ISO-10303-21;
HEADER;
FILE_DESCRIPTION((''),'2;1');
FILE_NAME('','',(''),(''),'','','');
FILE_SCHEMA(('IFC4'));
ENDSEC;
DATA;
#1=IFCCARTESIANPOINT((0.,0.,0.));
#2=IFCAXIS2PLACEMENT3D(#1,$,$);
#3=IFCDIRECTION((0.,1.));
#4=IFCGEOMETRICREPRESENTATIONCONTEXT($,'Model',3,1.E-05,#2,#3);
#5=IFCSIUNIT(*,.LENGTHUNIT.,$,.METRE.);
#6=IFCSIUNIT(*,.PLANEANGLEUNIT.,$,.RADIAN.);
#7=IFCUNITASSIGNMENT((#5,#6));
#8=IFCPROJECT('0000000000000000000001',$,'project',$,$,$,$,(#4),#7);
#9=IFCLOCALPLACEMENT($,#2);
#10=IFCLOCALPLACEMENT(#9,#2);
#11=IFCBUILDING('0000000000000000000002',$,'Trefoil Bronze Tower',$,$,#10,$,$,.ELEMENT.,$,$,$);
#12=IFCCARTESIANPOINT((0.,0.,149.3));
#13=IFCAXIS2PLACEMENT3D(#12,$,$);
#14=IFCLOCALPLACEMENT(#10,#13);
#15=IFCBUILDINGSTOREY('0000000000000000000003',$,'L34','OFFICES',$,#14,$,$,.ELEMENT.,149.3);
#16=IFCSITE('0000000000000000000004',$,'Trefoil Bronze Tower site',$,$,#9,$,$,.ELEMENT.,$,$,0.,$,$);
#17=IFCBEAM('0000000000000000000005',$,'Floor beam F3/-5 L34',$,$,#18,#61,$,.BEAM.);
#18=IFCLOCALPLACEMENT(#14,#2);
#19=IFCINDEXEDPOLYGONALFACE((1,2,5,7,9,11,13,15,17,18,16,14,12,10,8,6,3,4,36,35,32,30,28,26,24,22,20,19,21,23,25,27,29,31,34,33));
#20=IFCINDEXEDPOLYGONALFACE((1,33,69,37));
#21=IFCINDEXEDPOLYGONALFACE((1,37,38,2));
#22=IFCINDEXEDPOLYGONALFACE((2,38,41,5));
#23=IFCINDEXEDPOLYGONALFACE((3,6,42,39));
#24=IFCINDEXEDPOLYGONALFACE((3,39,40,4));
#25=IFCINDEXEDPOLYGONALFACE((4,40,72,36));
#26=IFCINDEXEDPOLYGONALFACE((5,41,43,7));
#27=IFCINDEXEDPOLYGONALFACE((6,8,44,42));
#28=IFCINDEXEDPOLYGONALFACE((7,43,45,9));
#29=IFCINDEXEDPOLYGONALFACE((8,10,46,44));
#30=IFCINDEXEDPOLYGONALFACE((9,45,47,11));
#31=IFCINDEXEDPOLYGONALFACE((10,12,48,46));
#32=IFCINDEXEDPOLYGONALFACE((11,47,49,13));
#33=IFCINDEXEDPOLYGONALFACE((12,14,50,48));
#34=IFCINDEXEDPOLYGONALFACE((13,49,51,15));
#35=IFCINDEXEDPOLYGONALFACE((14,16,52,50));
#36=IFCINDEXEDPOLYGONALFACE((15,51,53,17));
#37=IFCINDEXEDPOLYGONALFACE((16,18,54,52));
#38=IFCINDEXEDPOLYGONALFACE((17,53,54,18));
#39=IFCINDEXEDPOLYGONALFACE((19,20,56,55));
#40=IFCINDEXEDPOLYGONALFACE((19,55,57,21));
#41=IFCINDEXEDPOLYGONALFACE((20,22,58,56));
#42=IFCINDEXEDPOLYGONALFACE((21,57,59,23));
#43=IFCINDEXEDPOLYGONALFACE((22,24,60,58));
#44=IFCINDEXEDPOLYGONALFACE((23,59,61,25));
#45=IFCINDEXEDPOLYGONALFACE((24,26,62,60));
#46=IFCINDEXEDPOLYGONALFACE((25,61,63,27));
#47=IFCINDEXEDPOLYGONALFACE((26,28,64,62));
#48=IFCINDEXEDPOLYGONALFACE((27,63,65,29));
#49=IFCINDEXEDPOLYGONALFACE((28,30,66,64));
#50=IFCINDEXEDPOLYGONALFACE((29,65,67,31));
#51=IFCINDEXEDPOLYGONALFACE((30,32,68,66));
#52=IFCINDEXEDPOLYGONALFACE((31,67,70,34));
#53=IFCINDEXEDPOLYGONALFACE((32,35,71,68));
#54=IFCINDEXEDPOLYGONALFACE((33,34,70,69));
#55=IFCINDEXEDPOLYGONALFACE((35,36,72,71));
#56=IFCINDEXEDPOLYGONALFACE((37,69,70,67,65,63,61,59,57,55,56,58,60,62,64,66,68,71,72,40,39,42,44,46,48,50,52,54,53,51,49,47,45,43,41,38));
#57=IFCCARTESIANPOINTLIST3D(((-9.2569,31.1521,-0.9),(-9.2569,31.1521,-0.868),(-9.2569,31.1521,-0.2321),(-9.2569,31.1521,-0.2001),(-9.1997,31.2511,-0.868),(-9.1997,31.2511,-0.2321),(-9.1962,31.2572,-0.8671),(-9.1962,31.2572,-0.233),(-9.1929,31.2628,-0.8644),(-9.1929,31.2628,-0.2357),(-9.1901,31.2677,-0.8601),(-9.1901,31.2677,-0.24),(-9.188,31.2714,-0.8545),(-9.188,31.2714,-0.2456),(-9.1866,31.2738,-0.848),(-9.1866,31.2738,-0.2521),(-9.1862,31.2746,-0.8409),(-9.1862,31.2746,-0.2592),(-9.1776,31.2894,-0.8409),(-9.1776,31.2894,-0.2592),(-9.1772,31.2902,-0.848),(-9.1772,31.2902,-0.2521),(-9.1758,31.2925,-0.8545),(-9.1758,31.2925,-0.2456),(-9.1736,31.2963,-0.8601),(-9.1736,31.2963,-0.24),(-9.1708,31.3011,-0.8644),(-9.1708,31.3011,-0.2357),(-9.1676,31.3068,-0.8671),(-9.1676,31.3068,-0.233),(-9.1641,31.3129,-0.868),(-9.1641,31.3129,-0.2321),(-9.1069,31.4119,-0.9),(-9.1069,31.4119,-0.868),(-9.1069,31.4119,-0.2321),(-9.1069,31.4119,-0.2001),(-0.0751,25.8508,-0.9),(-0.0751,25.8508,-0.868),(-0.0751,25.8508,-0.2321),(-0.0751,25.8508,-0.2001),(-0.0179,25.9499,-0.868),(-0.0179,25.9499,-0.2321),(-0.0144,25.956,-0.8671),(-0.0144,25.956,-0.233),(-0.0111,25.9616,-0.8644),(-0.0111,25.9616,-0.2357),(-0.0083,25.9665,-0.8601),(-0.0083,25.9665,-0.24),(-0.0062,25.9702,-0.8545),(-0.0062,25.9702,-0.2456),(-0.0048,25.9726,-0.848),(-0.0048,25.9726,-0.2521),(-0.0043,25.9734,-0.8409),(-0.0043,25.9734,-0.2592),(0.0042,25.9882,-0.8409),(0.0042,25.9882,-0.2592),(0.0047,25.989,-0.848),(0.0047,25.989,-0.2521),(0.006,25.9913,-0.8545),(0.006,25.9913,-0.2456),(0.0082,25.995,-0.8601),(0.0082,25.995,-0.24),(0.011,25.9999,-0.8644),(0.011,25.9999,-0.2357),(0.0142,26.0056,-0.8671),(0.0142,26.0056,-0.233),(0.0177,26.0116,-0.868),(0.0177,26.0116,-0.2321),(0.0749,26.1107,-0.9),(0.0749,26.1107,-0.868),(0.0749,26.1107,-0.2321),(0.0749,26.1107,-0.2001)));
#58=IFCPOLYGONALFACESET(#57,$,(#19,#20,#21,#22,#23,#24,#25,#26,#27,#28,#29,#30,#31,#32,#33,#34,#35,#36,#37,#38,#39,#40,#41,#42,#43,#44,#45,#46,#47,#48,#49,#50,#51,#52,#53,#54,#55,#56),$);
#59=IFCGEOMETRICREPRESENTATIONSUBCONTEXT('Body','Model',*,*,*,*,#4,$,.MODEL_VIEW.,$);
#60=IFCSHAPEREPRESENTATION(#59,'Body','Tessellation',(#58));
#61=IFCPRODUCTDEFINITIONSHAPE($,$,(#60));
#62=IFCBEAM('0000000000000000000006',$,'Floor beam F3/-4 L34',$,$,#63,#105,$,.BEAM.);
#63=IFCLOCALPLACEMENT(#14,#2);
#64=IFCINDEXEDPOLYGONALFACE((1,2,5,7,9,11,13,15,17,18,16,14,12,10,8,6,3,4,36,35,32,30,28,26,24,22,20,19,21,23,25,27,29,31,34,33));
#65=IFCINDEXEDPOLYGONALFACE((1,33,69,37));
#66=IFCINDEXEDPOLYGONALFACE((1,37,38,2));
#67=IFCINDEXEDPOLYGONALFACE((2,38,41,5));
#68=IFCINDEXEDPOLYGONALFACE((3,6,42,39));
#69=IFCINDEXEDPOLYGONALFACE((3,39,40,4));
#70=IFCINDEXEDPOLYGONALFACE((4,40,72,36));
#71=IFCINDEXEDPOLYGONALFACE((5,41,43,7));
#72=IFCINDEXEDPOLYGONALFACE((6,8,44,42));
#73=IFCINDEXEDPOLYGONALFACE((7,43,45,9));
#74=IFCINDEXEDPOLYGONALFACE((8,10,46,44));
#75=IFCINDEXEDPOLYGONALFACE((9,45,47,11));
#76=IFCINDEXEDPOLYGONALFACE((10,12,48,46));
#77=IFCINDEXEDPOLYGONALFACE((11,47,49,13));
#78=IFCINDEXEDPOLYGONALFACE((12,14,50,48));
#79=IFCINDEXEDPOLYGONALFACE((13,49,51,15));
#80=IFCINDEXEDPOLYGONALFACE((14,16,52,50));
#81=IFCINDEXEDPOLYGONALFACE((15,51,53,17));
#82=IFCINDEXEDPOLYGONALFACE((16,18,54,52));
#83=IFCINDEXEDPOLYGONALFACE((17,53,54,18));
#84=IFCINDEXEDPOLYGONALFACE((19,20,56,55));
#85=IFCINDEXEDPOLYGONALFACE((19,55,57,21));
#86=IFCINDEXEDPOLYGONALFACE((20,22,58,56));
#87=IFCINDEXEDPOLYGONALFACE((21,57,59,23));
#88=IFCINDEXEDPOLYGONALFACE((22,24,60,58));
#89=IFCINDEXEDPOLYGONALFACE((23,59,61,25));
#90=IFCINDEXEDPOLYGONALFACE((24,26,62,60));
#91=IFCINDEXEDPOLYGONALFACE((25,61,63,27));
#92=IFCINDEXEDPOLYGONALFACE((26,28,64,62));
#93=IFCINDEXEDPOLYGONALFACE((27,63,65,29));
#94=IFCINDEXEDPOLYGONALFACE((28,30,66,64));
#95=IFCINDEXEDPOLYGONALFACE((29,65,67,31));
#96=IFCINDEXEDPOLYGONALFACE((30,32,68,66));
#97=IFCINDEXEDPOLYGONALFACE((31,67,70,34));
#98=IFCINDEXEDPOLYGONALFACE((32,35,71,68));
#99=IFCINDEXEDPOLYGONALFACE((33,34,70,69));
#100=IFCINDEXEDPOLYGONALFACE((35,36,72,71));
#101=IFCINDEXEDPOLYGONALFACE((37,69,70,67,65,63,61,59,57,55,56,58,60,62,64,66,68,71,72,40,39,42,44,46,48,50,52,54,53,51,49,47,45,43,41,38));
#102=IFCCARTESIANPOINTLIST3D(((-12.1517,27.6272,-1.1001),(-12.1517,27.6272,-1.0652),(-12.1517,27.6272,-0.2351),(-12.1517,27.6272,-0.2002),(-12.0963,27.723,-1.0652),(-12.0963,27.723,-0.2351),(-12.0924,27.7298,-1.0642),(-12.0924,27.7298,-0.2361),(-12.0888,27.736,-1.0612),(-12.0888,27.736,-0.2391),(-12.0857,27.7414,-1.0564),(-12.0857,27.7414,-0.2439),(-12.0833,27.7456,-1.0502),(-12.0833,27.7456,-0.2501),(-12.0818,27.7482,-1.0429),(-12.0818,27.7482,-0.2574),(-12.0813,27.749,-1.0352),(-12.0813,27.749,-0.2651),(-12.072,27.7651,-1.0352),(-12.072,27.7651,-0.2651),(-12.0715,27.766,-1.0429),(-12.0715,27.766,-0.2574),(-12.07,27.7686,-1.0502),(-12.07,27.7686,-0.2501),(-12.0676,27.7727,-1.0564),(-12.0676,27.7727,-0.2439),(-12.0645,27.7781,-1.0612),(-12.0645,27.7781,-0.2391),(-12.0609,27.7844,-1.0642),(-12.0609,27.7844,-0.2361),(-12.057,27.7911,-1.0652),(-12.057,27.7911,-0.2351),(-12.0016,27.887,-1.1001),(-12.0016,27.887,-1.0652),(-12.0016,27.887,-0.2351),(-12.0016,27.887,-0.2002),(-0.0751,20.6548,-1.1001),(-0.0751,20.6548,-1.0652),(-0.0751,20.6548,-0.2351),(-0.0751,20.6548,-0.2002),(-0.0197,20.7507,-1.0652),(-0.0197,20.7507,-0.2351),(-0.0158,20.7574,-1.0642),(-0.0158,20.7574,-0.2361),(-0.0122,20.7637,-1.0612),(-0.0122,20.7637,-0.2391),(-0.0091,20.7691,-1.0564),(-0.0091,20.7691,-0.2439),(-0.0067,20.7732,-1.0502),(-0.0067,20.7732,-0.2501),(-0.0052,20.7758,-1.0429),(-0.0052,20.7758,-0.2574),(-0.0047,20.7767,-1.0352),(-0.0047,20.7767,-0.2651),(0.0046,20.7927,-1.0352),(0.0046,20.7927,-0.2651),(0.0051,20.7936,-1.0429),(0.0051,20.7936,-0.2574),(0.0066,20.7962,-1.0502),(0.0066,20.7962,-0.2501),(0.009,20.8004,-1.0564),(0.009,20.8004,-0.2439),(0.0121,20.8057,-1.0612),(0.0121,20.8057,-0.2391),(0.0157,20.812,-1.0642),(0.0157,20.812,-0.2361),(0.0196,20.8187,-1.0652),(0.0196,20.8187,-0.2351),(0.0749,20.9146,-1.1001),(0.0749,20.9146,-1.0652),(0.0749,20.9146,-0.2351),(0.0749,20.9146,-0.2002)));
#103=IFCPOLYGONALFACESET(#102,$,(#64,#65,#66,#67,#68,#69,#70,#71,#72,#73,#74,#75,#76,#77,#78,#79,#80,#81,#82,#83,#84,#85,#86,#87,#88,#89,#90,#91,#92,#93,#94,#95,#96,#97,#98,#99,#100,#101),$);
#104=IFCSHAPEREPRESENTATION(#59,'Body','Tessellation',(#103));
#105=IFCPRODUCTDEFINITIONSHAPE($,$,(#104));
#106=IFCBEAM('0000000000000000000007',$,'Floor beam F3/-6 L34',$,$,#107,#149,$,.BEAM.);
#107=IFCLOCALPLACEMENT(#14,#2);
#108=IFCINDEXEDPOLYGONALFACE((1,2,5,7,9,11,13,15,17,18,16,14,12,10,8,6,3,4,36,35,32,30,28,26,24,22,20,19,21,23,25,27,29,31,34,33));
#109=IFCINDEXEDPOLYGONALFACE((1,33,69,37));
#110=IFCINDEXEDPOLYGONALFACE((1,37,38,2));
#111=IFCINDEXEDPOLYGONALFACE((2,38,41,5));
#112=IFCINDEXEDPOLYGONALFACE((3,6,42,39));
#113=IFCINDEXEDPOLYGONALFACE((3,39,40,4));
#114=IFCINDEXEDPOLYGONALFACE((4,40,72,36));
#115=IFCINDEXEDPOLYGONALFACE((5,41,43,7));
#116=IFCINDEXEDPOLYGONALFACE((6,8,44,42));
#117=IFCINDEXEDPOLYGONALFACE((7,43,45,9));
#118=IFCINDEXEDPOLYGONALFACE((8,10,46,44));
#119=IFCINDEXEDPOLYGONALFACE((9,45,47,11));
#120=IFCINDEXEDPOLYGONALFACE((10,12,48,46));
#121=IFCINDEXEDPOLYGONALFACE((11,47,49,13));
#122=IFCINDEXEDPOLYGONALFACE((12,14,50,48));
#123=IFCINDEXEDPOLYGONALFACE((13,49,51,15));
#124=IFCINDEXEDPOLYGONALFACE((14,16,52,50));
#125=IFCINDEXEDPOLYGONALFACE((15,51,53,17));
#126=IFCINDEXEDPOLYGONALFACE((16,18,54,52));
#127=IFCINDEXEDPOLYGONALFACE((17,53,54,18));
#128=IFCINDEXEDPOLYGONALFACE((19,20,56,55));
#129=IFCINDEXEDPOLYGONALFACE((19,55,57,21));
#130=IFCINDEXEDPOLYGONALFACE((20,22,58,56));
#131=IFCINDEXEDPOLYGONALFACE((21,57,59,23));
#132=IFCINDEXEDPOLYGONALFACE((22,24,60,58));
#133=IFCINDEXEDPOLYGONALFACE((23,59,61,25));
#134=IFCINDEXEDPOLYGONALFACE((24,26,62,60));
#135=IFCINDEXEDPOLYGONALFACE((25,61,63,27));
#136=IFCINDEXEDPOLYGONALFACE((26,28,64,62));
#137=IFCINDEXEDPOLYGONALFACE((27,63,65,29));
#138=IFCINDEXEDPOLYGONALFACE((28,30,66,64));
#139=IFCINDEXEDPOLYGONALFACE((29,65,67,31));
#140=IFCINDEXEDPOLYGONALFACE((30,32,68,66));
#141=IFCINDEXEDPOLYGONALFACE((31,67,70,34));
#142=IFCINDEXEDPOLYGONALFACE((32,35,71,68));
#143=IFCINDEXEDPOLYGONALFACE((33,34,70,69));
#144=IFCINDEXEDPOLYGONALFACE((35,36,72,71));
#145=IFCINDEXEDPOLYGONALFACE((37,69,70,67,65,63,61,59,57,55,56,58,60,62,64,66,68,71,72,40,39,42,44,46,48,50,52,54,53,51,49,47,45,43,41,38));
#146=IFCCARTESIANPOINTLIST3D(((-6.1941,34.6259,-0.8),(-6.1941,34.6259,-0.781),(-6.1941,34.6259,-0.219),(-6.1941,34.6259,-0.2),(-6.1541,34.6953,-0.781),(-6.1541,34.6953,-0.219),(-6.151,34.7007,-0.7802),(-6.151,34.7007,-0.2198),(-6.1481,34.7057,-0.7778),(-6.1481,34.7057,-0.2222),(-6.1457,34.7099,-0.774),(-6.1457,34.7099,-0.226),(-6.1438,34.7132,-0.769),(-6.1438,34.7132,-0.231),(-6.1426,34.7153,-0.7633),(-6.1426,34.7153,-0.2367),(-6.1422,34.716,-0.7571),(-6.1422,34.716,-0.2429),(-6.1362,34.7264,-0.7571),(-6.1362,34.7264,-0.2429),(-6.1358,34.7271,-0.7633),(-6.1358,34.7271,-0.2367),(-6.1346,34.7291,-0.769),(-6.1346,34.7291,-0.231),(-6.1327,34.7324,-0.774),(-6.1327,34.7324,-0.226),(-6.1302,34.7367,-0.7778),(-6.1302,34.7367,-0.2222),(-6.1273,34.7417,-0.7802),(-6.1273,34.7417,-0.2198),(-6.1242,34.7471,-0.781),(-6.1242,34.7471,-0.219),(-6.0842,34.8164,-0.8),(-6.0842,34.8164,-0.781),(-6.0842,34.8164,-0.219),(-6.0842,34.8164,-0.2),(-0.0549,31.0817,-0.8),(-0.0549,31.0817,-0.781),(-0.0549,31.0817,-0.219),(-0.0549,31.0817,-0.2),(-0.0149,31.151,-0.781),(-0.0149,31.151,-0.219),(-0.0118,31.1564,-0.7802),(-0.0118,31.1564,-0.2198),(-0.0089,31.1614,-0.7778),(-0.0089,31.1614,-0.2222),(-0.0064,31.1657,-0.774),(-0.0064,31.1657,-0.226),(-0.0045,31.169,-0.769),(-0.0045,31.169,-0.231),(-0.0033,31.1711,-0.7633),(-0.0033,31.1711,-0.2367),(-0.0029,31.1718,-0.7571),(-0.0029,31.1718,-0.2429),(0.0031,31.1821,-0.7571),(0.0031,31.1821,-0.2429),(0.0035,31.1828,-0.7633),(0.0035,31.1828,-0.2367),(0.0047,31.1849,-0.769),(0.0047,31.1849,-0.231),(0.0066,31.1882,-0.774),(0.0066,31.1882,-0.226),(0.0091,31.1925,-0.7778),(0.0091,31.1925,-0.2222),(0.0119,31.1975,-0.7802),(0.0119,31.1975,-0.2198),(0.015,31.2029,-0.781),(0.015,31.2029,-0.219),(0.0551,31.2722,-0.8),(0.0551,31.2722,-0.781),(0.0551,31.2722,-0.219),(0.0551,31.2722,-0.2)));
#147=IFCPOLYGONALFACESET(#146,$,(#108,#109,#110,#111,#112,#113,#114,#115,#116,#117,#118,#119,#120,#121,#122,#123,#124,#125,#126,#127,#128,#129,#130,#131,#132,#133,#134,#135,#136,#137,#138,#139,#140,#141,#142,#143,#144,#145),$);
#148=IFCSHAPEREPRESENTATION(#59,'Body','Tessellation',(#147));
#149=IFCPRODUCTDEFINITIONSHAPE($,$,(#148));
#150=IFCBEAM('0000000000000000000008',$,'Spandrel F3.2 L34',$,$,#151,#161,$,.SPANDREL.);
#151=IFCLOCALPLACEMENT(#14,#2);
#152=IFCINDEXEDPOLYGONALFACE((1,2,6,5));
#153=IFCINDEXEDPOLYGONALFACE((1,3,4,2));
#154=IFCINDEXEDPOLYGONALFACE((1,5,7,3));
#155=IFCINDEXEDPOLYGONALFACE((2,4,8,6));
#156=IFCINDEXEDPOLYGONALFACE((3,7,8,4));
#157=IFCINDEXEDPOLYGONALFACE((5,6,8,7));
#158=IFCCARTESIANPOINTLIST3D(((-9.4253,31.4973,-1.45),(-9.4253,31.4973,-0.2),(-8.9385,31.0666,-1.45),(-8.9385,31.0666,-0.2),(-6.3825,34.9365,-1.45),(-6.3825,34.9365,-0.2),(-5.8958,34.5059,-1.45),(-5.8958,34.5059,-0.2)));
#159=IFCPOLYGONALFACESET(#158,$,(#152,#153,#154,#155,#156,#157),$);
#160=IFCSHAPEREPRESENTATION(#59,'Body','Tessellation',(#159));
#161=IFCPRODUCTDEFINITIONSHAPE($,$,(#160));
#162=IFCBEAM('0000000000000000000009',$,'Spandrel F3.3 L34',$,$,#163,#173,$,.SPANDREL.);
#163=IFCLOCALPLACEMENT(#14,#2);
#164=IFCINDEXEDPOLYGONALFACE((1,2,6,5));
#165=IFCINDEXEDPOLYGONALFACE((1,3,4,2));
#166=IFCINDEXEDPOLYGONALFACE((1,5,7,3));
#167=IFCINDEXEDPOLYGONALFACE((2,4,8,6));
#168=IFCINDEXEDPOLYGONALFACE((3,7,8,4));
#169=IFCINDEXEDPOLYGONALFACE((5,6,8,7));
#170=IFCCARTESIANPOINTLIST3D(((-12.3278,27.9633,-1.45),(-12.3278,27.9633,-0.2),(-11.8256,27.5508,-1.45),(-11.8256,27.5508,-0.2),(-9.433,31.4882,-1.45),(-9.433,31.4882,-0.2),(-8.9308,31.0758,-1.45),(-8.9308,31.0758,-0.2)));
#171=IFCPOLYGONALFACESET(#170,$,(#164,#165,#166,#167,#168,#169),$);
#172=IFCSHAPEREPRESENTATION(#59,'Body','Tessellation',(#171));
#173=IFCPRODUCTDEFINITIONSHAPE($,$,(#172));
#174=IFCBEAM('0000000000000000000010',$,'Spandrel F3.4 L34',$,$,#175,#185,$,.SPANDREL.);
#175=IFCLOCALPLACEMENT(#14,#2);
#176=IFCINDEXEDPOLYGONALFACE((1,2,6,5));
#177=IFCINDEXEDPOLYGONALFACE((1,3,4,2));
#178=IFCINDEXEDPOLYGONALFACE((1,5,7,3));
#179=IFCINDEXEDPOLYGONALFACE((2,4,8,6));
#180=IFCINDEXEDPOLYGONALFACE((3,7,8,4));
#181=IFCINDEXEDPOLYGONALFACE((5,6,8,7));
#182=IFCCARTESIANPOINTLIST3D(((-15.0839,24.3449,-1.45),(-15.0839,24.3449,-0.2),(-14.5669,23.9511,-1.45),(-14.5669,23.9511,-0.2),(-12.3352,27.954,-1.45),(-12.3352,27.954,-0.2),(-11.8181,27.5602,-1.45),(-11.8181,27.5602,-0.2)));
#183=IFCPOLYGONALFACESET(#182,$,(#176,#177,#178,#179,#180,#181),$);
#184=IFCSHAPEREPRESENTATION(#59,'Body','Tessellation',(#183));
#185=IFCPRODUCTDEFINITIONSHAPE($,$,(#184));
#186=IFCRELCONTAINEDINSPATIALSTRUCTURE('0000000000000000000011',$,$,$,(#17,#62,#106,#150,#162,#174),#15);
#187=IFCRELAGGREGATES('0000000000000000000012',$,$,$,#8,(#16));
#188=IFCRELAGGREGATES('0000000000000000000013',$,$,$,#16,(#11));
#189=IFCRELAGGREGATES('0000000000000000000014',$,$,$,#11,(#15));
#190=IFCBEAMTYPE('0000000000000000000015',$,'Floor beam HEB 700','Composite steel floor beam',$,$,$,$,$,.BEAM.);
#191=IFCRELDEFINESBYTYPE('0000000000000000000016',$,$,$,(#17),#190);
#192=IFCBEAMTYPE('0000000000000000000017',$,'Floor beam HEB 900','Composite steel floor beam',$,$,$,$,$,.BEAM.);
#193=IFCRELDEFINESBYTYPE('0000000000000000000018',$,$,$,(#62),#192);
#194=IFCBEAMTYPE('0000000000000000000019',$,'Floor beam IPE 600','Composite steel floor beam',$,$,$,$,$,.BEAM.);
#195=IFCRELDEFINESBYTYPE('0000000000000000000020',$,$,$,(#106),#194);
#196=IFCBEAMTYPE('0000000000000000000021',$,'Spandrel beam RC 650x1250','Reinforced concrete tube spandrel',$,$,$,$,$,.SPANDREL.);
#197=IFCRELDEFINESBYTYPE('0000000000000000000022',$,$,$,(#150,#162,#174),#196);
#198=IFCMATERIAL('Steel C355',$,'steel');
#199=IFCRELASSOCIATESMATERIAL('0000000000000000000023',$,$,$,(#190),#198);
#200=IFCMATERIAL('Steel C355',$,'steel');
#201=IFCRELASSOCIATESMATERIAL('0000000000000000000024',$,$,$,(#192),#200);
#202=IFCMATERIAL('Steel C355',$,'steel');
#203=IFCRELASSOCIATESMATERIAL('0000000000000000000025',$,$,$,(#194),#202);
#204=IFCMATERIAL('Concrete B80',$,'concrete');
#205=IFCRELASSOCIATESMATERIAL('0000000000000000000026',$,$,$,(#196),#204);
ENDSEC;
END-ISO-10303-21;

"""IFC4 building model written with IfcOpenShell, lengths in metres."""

from ifc_helpers import new_model, si_unit, direction, frame, origin, origin_2d, place, context, subcontext, project, spatial, rectangle, i_section, extrude, material, material_profile, profile_set, type_object, element, save


model = new_model("IFC4")

# Units and contexts
model_context = context("Model", 3, precision=1e-05, world=origin(), true_north=direction((0.0, 1.0)))
body_context = subcontext(model_context, "Body", "Model", "MODEL_VIEW")
ifc_project = project(units=[si_unit("LENGTHUNIT", "METRE"), si_unit("PLANEANGLEUNIT", "RADIAN")], contexts=[model_context])

# Site, building, storey
site_placement = place(None, origin())
site = spatial("IfcSite", under=ifc_project, at=site_placement, Name="Trefoil Bronze Tower site", CompositionType="ELEMENT", RefElevation=0.0)
building_placement = place(site_placement, origin())
building = spatial("IfcBuilding", under=site, at=building_placement, Name="Trefoil Bronze Tower", CompositionType="ELEMENT")
storey_placement = place(building_placement, frame((0.0, 0.0, 149.3)))
storey = spatial("IfcBuildingStorey", under=building, at=storey_placement, Name="L34", Description="OFFICES", CompositionType="ELEMENT", Elevation=149.3)

# Beams
ifc_material_1 = material(Name="Steel C355", Category="steel")
ifc_material_profile_1 = material_profile(ifc_material_1, i_section(OverallWidth=0.3, OverallDepth=0.7, WebThickness=0.0171, FlangeThickness=0.032, FilletRadius=0.0271, at=origin_2d()), Name="HEB 700")
ifc_profile_set_1 = profile_set([ifc_material_profile_1], Name="Steel C355")
beam_type_1 = type_object("IfcBeamType", Name="Floor beam HEB 700", Description="Composite steel floor beam", PredefinedType="BEAM", material=ifc_profile_set_1)
beam_1_placement = place(storey_placement, frame((-9.1819, 31.282, -0.55), z_axis=(0.866021, -0.500007, 0.0), x_axis=(0.500007, 0.866021, 0.0)))
element("IfcBeam", 1, at=beam_1_placement, inside=storey, type_object=beam_type_1, Name="Floor beam F3/-5 L34", PredefinedType="BEAM", context=body_context, shape_type="SweptSolid", body=[
    extrude(i_section(OverallWidth=0.3, OverallDepth=0.7, WebThickness=0.0171, FlangeThickness=0.032, FilletRadius=0.0271, at=origin_2d()), origin(), (0.0, 0.0, 1.0), 10.6023),
])
ifc_material_2 = material(Name="Steel C355", Category="steel")
ifc_material_profile_2 = material_profile(ifc_material_2, i_section(OverallWidth=0.3, OverallDepth=0.8999, WebThickness=0.0186, FlangeThickness=0.0349, FilletRadius=0.03, at=origin_2d()), Name="HEB 900")
ifc_profile_set_2 = profile_set([ifc_material_profile_2], Name="Steel C355")
beam_type_2 = type_object("IfcBeamType", Name="Floor beam HEB 900", Description="Composite steel floor beam", PredefinedType="BEAM", material=ifc_profile_set_2)
beam_2_placement = place(storey_placement, frame((-12.0767, 27.7571, -0.6501), z_axis=(0.866027, -0.499997, 0.0), x_axis=(0.499997, 0.866027, 0.0)))
element("IfcBeam", 2, at=beam_2_placement, inside=storey, type_object=beam_type_2, Name="Floor beam F3/-4 L34", PredefinedType="BEAM", context=body_context, shape_type="SweptSolid", body=[
    extrude(i_section(OverallWidth=0.3, OverallDepth=0.8999, WebThickness=0.0186, FlangeThickness=0.0349, FilletRadius=0.03, at=origin_2d()), origin(), (0.0, 0.0, 1.0), 13.9448),
])
ifc_material_3 = material(Name="Steel C355", Category="steel")
ifc_material_profile_3 = material_profile(ifc_material_3, i_section(OverallWidth=0.22, OverallDepth=0.6001, WebThickness=0.012, FlangeThickness=0.019, FilletRadius=0.0239, at=origin_2d()), Name="IPE 600")
ifc_profile_set_3 = profile_set([ifc_material_profile_3], Name="Steel C355")
beam_type_3 = type_object("IfcBeamType", Name="Floor beam IPE 600", Description="Composite steel floor beam", PredefinedType="BEAM", material=ifc_profile_set_3)
beam_3_placement = place(storey_placement, frame((-6.1392, 34.7212, -0.5), z_axis=(0.866041, -0.499973, 0.0), x_axis=(0.499973, 0.866041, 0.0)))
element("IfcBeam", 3, at=beam_3_placement, inside=storey, type_object=beam_type_3, Name="Floor beam F3/-6 L34", PredefinedType="BEAM", context=body_context, shape_type="SweptSolid", body=[
    extrude(i_section(OverallWidth=0.22, OverallDepth=0.6001, WebThickness=0.012, FlangeThickness=0.019, FilletRadius=0.0239, at=origin_2d()), origin(), (0.0, 0.0, 1.0), 7.0889),
])
ifc_material_4 = material(Name="Concrete B80", Category="concrete")
ifc_material_profile_4 = material_profile(ifc_material_4, rectangle(XDim=0.6499, YDim=1.25, at=origin_2d()), Name="RC 650x1250")
ifc_profile_set_4 = profile_set([ifc_material_profile_4], Name="Concrete B80")
beam_type_4 = type_object("IfcBeamType", Name="Spandrel beam RC 650x1250", Description="Reinforced concrete tube spandrel", PredefinedType="SPANDREL", material=ifc_profile_set_4)
beam_4_placement = place(storey_placement, frame((-6.1392, 34.7212, -0.825), z_axis=(-0.662616, -0.748959, 0.0), x_axis=(0.748959, -0.662616, 0.0)))
element("IfcBeam", 4, at=beam_4_placement, inside=storey, type_object=beam_type_4, Name="Spandrel F3.2 L34", PredefinedType="SPANDREL", context=body_context, shape_type="SweptSolid", body=[
    extrude(rectangle(XDim=0.6499, YDim=1.25, at=origin_2d()), origin(), (0.0, 0.0, 1.0), 4.592),
])
beam_5_placement = place(storey_placement, frame((-9.1819, 31.282, -0.825), z_axis=(-0.63465, -0.772799, 0.0), x_axis=(0.772799, -0.63465, 0.0)))
element("IfcBeam", 5, at=beam_5_placement, inside=storey, type_object=beam_type_4, Name="Spandrel F3.3 L34", PredefinedType="SPANDREL", context=body_context, shape_type="SweptSolid", body=[
    extrude(rectangle(XDim=0.6499, YDim=1.25, at=origin_2d()), origin(), (0.0, 0.0, 1.0), 4.5613),
])
beam_6_placement = place(storey_placement, frame((-12.0767, 27.7571, -0.825), z_axis=(-0.605899, -0.795542, 0.0), x_axis=(0.795542, -0.605899, 0.0)))
element("IfcBeam", 6, at=beam_6_placement, inside=storey, type_object=beam_type_4, Name="Spandrel F3.4 L34", PredefinedType="SPANDREL", context=body_context, shape_type="SweptSolid", body=[
    extrude(rectangle(XDim=0.6499, YDim=1.25, at=origin_2d()), origin(), (0.0, 0.0, 1.0), 4.5366),
])

save(model, "model.ifc")
